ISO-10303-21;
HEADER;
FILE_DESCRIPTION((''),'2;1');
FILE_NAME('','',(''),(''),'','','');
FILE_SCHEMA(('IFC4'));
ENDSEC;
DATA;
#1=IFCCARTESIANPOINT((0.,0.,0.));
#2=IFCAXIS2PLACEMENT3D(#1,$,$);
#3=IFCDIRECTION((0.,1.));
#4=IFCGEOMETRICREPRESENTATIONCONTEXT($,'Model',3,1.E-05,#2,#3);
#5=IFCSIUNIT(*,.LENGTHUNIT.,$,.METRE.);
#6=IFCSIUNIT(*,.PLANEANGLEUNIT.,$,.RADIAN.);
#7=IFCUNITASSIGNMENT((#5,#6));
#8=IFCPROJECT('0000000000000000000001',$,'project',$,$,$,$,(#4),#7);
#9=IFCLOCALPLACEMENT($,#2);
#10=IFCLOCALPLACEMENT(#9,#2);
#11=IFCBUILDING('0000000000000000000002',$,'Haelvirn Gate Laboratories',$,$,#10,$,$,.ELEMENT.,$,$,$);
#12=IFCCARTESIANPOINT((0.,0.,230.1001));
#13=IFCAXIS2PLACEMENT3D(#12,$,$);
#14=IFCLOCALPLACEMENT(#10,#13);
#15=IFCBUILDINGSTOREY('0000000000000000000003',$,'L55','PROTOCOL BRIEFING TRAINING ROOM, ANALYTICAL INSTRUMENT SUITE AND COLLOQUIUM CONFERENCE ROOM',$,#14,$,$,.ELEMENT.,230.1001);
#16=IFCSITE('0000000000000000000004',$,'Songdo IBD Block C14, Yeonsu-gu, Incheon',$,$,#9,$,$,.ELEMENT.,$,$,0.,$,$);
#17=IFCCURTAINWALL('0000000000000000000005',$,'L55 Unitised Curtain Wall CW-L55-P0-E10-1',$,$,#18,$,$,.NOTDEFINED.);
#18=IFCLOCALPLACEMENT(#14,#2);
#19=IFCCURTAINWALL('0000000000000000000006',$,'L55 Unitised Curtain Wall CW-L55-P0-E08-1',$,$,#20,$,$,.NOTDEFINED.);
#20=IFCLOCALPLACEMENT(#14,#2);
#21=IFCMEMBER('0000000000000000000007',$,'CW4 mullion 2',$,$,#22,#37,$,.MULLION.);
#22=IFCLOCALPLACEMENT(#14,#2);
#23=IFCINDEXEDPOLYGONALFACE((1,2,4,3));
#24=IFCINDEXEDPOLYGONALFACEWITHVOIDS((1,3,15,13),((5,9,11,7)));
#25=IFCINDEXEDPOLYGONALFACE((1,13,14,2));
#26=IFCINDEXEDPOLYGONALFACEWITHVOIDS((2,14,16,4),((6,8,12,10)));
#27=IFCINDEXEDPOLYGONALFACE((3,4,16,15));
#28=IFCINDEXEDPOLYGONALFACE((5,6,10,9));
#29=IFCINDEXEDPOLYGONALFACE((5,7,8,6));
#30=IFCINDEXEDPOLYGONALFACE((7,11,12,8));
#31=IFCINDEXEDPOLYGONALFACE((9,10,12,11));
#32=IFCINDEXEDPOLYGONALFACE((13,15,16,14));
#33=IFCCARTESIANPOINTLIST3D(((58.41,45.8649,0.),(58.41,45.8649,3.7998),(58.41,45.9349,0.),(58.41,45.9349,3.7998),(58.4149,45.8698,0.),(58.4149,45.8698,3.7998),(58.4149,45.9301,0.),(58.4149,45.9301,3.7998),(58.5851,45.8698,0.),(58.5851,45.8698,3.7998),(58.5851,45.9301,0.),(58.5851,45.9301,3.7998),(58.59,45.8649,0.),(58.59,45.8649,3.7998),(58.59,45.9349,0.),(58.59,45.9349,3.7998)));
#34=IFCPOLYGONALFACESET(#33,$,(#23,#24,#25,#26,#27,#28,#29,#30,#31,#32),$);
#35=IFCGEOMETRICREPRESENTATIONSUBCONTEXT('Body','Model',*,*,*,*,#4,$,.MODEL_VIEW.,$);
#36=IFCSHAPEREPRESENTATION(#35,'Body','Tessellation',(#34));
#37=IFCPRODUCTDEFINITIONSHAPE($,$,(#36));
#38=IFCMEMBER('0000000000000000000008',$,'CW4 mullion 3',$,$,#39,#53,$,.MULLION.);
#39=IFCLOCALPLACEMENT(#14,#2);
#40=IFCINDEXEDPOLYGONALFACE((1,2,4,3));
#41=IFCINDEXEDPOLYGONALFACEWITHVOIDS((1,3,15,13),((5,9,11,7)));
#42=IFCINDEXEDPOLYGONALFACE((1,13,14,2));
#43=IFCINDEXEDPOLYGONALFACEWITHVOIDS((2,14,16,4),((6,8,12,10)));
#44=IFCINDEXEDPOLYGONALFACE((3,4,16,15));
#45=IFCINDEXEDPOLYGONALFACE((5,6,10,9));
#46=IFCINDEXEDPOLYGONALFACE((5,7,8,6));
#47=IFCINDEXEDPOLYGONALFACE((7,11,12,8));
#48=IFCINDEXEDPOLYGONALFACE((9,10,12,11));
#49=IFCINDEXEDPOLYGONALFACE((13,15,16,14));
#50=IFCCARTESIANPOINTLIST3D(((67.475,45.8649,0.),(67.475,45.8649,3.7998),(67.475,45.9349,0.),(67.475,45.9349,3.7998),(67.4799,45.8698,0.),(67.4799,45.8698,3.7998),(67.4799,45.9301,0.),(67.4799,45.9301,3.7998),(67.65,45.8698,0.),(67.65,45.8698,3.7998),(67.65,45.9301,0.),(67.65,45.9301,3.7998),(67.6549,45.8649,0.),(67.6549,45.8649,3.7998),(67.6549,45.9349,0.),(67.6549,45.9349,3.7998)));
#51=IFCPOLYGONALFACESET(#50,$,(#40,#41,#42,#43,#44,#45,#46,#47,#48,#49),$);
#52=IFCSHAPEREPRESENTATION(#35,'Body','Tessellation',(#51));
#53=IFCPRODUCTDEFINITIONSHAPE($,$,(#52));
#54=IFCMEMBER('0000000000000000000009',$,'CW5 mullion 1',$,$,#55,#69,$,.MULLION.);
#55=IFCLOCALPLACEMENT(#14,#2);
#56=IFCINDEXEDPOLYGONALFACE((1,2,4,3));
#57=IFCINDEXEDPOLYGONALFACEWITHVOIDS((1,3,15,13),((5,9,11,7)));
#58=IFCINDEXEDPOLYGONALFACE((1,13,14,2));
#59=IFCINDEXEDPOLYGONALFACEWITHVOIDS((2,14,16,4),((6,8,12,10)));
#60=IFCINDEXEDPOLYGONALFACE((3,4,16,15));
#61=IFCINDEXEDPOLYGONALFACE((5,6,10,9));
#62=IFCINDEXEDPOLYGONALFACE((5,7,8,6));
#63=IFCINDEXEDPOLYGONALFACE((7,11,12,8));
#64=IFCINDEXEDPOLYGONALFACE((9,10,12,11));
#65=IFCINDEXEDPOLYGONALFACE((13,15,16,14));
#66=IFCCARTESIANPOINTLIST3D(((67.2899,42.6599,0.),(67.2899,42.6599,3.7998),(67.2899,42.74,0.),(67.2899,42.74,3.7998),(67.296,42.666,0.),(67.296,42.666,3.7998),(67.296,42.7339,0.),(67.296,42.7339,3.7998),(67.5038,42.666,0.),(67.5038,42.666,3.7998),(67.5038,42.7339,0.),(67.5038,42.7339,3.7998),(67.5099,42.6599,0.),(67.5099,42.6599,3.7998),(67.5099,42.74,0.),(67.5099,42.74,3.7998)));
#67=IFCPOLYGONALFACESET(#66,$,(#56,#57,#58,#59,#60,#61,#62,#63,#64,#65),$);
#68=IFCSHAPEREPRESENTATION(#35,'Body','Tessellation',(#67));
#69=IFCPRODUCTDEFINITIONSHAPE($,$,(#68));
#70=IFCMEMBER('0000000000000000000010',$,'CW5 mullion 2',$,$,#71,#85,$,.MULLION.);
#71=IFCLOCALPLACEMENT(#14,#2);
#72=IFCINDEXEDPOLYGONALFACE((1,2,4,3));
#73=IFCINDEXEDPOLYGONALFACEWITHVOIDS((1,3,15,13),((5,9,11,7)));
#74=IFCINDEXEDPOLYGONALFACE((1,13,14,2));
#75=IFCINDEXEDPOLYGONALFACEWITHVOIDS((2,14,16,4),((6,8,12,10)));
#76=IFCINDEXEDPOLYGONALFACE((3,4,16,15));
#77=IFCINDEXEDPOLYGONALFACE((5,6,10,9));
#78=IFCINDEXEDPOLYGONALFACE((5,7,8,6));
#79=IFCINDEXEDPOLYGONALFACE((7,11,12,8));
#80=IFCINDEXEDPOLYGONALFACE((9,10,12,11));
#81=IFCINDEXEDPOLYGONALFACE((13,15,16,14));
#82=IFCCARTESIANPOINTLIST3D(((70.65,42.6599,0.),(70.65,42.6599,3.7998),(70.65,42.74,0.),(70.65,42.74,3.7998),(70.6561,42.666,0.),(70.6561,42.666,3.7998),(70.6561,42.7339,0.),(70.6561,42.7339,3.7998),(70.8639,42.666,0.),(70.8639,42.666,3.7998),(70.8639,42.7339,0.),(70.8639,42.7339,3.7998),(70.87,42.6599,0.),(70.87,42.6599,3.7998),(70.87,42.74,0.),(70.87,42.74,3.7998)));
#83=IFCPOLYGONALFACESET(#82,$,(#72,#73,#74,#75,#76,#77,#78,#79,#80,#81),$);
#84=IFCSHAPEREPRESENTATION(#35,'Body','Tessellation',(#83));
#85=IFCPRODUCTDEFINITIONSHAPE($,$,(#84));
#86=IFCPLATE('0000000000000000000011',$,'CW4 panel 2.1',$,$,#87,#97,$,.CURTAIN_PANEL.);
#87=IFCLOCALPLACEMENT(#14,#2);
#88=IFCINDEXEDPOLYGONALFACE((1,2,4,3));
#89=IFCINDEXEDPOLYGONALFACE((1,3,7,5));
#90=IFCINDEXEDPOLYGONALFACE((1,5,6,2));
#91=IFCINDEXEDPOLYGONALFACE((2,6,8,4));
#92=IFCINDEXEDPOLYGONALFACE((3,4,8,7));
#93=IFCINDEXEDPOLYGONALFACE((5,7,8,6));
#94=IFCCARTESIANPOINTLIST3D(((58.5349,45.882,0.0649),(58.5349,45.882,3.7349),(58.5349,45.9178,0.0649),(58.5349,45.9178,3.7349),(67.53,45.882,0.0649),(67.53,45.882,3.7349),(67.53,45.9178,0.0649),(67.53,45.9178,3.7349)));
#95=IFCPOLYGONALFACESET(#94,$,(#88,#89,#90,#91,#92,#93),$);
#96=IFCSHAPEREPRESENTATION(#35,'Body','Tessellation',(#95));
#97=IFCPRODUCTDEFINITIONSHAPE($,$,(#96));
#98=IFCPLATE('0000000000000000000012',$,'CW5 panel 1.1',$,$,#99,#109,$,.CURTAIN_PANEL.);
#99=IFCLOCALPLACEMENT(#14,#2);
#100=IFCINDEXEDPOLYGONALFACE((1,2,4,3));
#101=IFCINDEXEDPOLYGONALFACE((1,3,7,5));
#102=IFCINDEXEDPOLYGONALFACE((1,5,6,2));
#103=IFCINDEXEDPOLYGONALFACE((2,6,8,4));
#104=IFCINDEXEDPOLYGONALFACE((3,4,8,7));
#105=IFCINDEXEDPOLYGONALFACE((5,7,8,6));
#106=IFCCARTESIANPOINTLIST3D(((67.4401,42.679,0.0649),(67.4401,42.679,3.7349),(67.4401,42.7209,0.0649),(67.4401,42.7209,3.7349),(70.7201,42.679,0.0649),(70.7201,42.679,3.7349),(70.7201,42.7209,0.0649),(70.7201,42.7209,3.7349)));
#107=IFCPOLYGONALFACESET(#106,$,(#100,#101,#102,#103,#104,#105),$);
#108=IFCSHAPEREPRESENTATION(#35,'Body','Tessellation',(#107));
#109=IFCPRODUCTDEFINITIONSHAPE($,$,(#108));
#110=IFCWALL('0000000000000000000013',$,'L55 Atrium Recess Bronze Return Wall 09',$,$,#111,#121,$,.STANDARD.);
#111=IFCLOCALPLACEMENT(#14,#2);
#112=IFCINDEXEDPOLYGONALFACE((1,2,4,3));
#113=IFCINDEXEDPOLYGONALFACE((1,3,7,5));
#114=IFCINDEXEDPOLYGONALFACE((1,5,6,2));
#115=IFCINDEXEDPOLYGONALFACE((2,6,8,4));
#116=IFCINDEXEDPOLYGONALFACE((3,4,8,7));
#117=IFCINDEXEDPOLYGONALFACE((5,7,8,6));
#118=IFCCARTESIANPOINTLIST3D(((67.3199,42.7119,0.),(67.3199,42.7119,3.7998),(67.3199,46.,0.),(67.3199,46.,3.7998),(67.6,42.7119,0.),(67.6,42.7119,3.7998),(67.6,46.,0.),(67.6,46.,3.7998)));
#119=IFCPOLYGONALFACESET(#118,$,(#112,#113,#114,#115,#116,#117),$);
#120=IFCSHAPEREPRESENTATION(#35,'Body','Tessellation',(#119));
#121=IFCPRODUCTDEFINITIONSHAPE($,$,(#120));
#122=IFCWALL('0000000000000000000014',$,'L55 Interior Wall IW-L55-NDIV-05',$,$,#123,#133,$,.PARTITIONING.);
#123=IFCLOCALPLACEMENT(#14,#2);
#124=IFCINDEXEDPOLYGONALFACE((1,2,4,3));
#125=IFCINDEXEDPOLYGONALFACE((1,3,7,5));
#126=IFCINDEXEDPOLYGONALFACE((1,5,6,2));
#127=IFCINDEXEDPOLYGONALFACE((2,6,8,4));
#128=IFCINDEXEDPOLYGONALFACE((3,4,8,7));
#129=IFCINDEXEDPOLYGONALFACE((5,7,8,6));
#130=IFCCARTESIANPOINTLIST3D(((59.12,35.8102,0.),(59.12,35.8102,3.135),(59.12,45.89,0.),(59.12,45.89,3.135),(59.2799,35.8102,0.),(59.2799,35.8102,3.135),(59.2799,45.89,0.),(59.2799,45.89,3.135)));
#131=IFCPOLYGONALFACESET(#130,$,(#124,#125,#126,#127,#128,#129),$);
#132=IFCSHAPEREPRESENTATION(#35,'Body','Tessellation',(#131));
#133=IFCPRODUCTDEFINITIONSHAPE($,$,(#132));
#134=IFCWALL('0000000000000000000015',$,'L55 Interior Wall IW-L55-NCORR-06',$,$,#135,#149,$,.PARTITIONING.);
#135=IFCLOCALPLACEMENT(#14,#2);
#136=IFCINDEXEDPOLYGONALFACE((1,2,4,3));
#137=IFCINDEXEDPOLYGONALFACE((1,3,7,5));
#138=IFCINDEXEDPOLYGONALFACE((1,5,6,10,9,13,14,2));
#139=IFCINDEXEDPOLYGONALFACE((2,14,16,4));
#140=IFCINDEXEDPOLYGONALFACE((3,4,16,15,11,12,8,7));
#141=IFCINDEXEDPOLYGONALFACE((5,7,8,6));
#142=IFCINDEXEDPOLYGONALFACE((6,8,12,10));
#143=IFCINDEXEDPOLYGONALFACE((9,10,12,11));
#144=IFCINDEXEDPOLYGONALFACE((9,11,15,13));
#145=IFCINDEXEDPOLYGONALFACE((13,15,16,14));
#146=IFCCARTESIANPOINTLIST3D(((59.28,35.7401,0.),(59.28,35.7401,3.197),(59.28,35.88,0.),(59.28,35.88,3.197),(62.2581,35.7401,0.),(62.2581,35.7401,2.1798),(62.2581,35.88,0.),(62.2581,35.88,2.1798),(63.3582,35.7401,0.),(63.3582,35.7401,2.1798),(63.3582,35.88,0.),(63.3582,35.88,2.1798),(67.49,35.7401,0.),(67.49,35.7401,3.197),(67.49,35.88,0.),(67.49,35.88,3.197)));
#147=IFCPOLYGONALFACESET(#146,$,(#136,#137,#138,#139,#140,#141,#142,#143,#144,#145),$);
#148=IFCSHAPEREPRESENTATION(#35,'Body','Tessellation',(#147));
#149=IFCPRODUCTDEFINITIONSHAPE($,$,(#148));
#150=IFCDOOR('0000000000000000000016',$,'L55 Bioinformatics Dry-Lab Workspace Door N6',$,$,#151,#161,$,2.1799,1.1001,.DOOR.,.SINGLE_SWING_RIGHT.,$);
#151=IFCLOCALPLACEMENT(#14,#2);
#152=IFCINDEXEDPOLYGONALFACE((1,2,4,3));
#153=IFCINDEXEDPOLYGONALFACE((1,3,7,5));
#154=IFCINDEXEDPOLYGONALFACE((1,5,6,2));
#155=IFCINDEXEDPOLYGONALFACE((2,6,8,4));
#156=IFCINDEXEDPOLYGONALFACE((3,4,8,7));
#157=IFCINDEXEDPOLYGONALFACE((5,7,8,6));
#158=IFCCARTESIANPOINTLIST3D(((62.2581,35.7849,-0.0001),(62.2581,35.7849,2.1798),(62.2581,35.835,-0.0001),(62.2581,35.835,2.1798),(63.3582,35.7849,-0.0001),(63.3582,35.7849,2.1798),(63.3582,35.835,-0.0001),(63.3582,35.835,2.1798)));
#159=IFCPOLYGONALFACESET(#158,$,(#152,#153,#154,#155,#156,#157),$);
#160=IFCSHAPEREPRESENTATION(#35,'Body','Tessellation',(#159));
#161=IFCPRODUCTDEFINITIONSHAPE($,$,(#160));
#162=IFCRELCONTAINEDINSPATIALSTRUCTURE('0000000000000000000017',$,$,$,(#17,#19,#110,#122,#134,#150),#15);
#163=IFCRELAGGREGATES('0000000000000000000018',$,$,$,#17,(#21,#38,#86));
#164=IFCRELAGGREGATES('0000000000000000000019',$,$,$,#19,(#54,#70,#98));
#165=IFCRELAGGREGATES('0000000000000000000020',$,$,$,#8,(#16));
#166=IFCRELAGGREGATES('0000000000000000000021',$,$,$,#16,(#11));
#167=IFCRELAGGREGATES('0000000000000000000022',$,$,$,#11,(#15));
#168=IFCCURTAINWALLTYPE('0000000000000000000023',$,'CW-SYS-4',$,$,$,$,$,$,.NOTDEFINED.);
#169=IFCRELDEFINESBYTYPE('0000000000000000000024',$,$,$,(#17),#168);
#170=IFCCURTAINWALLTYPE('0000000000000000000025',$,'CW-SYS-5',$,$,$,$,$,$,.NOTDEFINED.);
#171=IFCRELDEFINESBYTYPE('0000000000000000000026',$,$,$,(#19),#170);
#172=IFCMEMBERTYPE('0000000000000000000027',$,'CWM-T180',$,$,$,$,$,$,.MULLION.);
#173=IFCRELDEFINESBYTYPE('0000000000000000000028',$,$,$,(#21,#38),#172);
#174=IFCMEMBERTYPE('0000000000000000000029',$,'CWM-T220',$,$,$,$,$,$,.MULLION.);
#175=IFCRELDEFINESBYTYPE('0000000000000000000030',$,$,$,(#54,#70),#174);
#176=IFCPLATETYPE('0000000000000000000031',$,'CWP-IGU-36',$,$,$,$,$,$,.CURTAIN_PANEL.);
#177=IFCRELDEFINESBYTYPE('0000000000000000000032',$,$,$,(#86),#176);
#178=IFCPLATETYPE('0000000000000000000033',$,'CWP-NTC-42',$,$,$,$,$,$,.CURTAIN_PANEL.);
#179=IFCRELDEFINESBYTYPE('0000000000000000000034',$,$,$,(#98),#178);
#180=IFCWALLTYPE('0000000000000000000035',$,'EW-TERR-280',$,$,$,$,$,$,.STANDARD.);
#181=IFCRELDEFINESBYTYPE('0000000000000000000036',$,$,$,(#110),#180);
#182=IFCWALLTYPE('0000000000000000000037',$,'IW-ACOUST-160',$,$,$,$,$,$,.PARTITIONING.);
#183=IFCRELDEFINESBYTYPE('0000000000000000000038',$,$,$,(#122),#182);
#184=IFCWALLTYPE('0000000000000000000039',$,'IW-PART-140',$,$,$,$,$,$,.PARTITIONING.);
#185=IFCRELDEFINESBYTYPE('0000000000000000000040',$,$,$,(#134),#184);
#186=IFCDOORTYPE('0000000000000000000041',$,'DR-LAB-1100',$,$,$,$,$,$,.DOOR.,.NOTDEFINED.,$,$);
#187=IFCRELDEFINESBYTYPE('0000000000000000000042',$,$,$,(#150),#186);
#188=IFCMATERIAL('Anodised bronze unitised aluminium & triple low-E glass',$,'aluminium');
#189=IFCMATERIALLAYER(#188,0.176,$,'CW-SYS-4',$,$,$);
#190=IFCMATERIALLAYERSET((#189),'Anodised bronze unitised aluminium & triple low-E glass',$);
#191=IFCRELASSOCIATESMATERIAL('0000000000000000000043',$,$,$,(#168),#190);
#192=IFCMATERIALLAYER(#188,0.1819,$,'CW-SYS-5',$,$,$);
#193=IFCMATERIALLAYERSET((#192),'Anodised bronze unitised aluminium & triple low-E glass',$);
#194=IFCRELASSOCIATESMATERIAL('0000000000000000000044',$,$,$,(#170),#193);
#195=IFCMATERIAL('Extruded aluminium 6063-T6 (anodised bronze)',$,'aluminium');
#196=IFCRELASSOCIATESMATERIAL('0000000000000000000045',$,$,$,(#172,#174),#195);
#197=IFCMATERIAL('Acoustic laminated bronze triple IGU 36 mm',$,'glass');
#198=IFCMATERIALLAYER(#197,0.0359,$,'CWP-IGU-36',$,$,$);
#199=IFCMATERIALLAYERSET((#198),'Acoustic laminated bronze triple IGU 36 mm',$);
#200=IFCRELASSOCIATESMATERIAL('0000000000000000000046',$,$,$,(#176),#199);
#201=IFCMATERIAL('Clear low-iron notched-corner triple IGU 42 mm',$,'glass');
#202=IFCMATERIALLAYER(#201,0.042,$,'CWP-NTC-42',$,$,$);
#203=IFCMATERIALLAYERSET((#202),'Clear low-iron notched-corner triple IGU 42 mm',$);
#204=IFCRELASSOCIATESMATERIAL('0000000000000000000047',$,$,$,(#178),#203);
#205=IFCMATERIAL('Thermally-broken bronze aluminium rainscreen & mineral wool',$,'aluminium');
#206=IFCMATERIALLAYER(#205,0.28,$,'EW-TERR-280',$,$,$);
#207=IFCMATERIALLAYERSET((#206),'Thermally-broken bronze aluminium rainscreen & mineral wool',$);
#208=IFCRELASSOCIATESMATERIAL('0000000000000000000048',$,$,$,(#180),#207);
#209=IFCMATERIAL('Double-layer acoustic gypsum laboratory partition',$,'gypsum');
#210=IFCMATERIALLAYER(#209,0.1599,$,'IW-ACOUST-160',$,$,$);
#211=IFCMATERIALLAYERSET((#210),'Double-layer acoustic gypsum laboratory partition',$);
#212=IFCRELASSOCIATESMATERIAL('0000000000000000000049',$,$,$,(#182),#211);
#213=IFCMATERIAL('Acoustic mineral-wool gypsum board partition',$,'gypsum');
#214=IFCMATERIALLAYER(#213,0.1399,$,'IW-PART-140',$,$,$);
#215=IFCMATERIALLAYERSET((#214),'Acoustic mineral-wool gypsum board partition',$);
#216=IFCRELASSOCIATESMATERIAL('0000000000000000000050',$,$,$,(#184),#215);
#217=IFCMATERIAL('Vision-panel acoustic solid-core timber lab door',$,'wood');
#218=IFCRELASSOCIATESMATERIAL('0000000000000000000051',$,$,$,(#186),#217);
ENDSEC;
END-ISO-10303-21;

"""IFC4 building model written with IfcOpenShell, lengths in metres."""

from ifc_helpers import new_model, si_unit, direction, frame, frame_2d, origin, origin_2d, place, context, subcontext, project, spatial, rectangle, hollow_rectangle, extrude, source, transform, mapped, material, layer, layer_set, material_profile, profile_set, type_object, type_shapes, element, fill, aggregate, save


model = new_model("IFC4")

# Units and contexts
model_context = context("Model", 3, precision=1e-05, world=origin(), true_north=direction((0.0, 1.0)))
body_context = subcontext(model_context, "Body", "Model", "MODEL_VIEW")
ifc_project = project(units=[si_unit("LENGTHUNIT", "METRE"), si_unit("PLANEANGLEUNIT", "RADIAN")], contexts=[model_context])

# Site, building, storey
site_placement = place(None, origin())
site = spatial("IfcSite", under=ifc_project, at=site_placement, Name="Songdo IBD Block C14, Yeonsu-gu, Incheon", CompositionType="ELEMENT", RefElevation=0.0)
building_placement = place(site_placement, origin())
building = spatial("IfcBuilding", under=site, at=building_placement, Name="Haelvirn Gate Laboratories", CompositionType="ELEMENT")
storey_placement = place(building_placement, frame((0.0, 0.0, 230.1001)))
storey = spatial("IfcBuildingStorey", under=building, at=storey_placement, Name="L55", Description="PROTOCOL BRIEFING TRAINING ROOM, ANALYTICAL INSTRUMENT SUITE AND COLLOQUIUM CONFERENCE ROOM", CompositionType="ELEMENT", Elevation=230.1001)

# Curtain walls
ifc_material_1 = material(Name="Anodised bronze unitised aluminium & triple low-E glass", Category="aluminium")
ifc_layer_1 = layer(ifc_material_1, 0.176, Name="CW-SYS-4")
ifc_layer_set_1 = layer_set([ifc_layer_1], Name="Anodised bronze unitised aluminium & triple low-E glass")
curtain_wall_type_1 = type_object("IfcCurtainWallType", Name="CW-SYS-4", PredefinedType="NOTDEFINED", material=ifc_layer_set_1)
curtain_wall_1_placement = place(storey_placement, origin())
curtain_wall_1 = element("IfcCurtainWall", 1, at=curtain_wall_1_placement, inside=storey, type_object=curtain_wall_type_1, Name="L55 Unitised Curtain Wall CW-L55-P0-E10-1", PredefinedType="NOTDEFINED")
ifc_material_2 = material(Name="Extruded aluminium 6063-T6 (anodised bronze)", Category="aluminium")
ifc_layer_2 = layer(ifc_material_1, 0.1819, Name="CW-SYS-5")
ifc_layer_set_2 = layer_set([ifc_layer_2], Name="Anodised bronze unitised aluminium & triple low-E glass")
curtain_wall_type_2 = type_object("IfcCurtainWallType", Name="CW-SYS-5", PredefinedType="NOTDEFINED", material=ifc_layer_set_2)
curtain_wall_2_placement = place(storey_placement, origin())
curtain_wall_2 = element("IfcCurtainWall", 2, at=curtain_wall_2_placement, inside=storey, type_object=curtain_wall_type_2, Name="L55 Unitised Curtain Wall CW-L55-P0-E08-1", PredefinedType="NOTDEFINED")

# Shared definitions
ifc_material_profile_1 = material_profile(ifc_material_2, hollow_rectangle(XDim=0.0701, YDim=0.1799, WallThickness=0.0049, at=origin_2d()), Name="CWM-180x70x5")
ifc_profile_set_1 = profile_set([ifc_material_profile_1], Name="Extruded aluminium 6063-T6 (anodised bronze)")
member_type_1 = type_object("IfcMemberType", Name="CWM-T180", PredefinedType="MULLION", material=ifc_profile_set_1)
shared_shape_1 = source(origin(), body_context, "Body", "SweptSolid", [
    extrude(hollow_rectangle(XDim=0.0701, YDim=0.1799, WallThickness=0.0049, at=origin_2d()), origin(), (0.0, 0.0, 1.0), 3.7998),
])
type_shapes(member_type_1, [shared_shape_1])

# Members
member_1_placement = place(storey_placement, frame((58.5, 45.8999, 0.0), z_axis=(0.0, 0.0, 1.0), x_axis=(0.0, 1.0, 0.0)))
member_1 = element("IfcMember", 3, at=member_1_placement, type_object=member_type_1, Name="CW4 mullion 2", PredefinedType="MULLION", context=body_context, shape_type="MappedRepresentation", body=[
    mapped(shared_shape_1, transform((0.0, 0.0, 0.0), scale=1.0)),
])
member_2_placement = place(storey_placement, frame((67.5649, 45.8999, 0.0), z_axis=(0.0, 0.0, 1.0), x_axis=(0.0, 1.0, 0.0)))
member_2 = element("IfcMember", 4, at=member_2_placement, type_object=member_type_1, Name="CW4 mullion 3", PredefinedType="MULLION", context=body_context, shape_type="MappedRepresentation", body=[
    mapped(shared_shape_1, transform((0.0, 0.0, 0.0), scale=1.0)),
])
ifc_material_profile_2 = material_profile(ifc_material_2, hollow_rectangle(XDim=0.0801, YDim=0.22, WallThickness=0.0061, at=origin_2d()), Name="CWM-220x80x6")
ifc_profile_set_2 = profile_set([ifc_material_profile_2], Name="Extruded aluminium 6063-T6 (anodised bronze)")
member_type_2 = type_object("IfcMemberType", Name="CWM-T220", PredefinedType="MULLION", material=ifc_profile_set_2)
shared_shape_2 = source(origin(), body_context, "Body", "SweptSolid", [
    extrude(hollow_rectangle(XDim=0.0801, YDim=0.22, WallThickness=0.0061, at=origin_2d()), origin(), (0.0, 0.0, 1.0), 3.7998),
])
type_shapes(member_type_2, [shared_shape_2])
member_3_placement = place(storey_placement, frame((67.3999, 42.7, 0.0), z_axis=(0.0, 0.0, 1.0), x_axis=(0.0, 1.0, 0.0)))
member_3 = element("IfcMember", 5, at=member_3_placement, type_object=member_type_2, Name="CW5 mullion 1", PredefinedType="MULLION", context=body_context, shape_type="MappedRepresentation", body=[
    mapped(shared_shape_2, transform((0.0, 0.0, 0.0), scale=1.0)),
])
member_4_placement = place(storey_placement, frame((70.76, 42.7, 0.0), z_axis=(0.0, 0.0, 1.0), x_axis=(0.0, 1.0, 0.0)))
member_4 = element("IfcMember", 6, at=member_4_placement, type_object=member_type_2, Name="CW5 mullion 2", PredefinedType="MULLION", context=body_context, shape_type="MappedRepresentation", body=[
    mapped(shared_shape_2, transform((0.0, 0.0, 0.0), scale=1.0)),
])

# Plates
ifc_material_3 = material(Name="Acoustic laminated bronze triple IGU 36 mm", Category="glass")
ifc_layer_3 = layer(ifc_material_3, 0.0359, Name="CWP-IGU-36")
ifc_layer_set_3 = layer_set([ifc_layer_3], Name="Acoustic laminated bronze triple IGU 36 mm")
plate_type_1 = type_object("IfcPlateType", Name="CWP-IGU-36", PredefinedType="CURTAIN_PANEL", material=ifc_layer_set_3)
shared_shape_3 = source(origin(), body_context, "Body", "SweptSolid", [
    extrude(rectangle(XDim=8.9951, YDim=0.0359, at=origin_2d()), origin(), (0.0, 0.0, 1.0), 3.6699),
])
type_shapes(plate_type_1, [shared_shape_3])
plate_1_placement = place(storey_placement, frame((63.0325, 45.8999, 0.0649), z_axis=(0.0, 0.0, 1.0), x_axis=(1.0, 0.0, 0.0)))
plate_1 = element("IfcPlate", 7, at=plate_1_placement, type_object=plate_type_1, Name="CW4 panel 2.1", PredefinedType="CURTAIN_PANEL", context=body_context, shape_type="MappedRepresentation", body=[
    mapped(shared_shape_3, transform((0.0, 0.0, 0.0), scale=1.0)),
])
aggregate(curtain_wall_1, [member_1, member_2, plate_1])
ifc_material_4 = material(Name="Clear low-iron notched-corner triple IGU 42 mm", Category="glass")
ifc_layer_4 = layer(ifc_material_4, 0.042, Name="CWP-NTC-42")
ifc_layer_set_4 = layer_set([ifc_layer_4], Name="Clear low-iron notched-corner triple IGU 42 mm")
plate_type_2 = type_object("IfcPlateType", Name="CWP-NTC-42", PredefinedType="CURTAIN_PANEL", material=ifc_layer_set_4)
shared_shape_4 = source(origin(), body_context, "Body", "SweptSolid", [
    extrude(rectangle(XDim=3.28, YDim=0.042, at=origin_2d()), origin(), (0.0, 0.0, 1.0), 3.6699),
])
type_shapes(plate_type_2, [shared_shape_4])
plate_2_placement = place(storey_placement, frame((69.0801, 42.7, 0.0649), z_axis=(0.0, 0.0, 1.0), x_axis=(1.0, 0.0, 0.0)))
plate_2 = element("IfcPlate", 8, at=plate_2_placement, type_object=plate_type_2, Name="CW5 panel 1.1", PredefinedType="CURTAIN_PANEL", context=body_context, shape_type="MappedRepresentation", body=[
    mapped(shared_shape_4, transform((0.0, 0.0, 0.0), scale=1.0)),
])
aggregate(curtain_wall_2, [member_3, member_4, plate_2])

# Walls
ifc_material_5 = material(Name="Thermally-broken bronze aluminium rainscreen & mineral wool", Category="aluminium")
ifc_layer_5 = layer(ifc_material_5, 0.28, Name="EW-TERR-280")
ifc_layer_set_5 = layer_set([ifc_layer_5], Name="Thermally-broken bronze aluminium rainscreen & mineral wool")
wall_type_1 = type_object("IfcWallType", Name="EW-TERR-280", PredefinedType="STANDARD", material=ifc_layer_set_5)
wall_1_placement = place(storey_placement, frame((67.46, 42.7119, 0.0), z_axis=(0.0, 0.0, 1.0), x_axis=(0.0, 1.0, 0.0)))
element("IfcWall", 9, at=wall_1_placement, inside=storey, type_object=wall_type_1, Name="L55 Atrium Recess Bronze Return Wall 09", PredefinedType="STANDARD", context=body_context, shape_type="SweptSolid", body=[
    extrude(rectangle(XDim=3.2881, YDim=0.28, at=frame_2d((1.644, 0.0))), origin(), (0.0, 0.0, 1.0), 3.7998),
])
ifc_material_6 = material(Name="Double-layer acoustic gypsum laboratory partition", Category="gypsum")
ifc_layer_6 = layer(ifc_material_6, 0.1599, Name="IW-ACOUST-160")
ifc_layer_set_6 = layer_set([ifc_layer_6], Name="Double-layer acoustic gypsum laboratory partition")
wall_type_2 = type_object("IfcWallType", Name="IW-ACOUST-160", PredefinedType="PARTITIONING", material=ifc_layer_set_6)
wall_2_placement = place(storey_placement, frame((59.2, 35.8101, 0.0), z_axis=(0.0, 0.0, 1.0), x_axis=(0.0, 1.0, 0.0)))
element("IfcWall", 10, at=wall_2_placement, inside=storey, type_object=wall_type_2, Name="L55 Interior Wall IW-L55-NDIV-05", PredefinedType="PARTITIONING", context=body_context, shape_type="SweptSolid", body=[
    extrude(rectangle(XDim=10.0798, YDim=0.1599, at=frame_2d((5.04, 0.0))), origin(), (0.0, 0.0, 1.0), 3.135),
])

# Wall, opening, door
ifc_material_7 = material(Name="Acoustic mineral-wool gypsum board partition", Category="gypsum")
ifc_layer_7 = layer(ifc_material_7, 0.1399, Name="IW-PART-140")
ifc_layer_set_7 = layer_set([ifc_layer_7], Name="Acoustic mineral-wool gypsum board partition")
wall_type_3 = type_object("IfcWallType", Name="IW-PART-140", PredefinedType="PARTITIONING", material=ifc_layer_set_7)
wall_3_placement = place(storey_placement, frame((59.28, 35.8101, 0.0), z_axis=(0.0, 0.0, 1.0), x_axis=(1.0, 0.0, 0.0)))
wall_3 = element("IfcWall", 11, at=wall_3_placement, inside=storey, type_object=wall_type_3, Name="L55 Interior Wall IW-L55-NCORR-06", PredefinedType="PARTITIONING", context=body_context, shape_type="SweptSolid", body=[
    extrude(rectangle(XDim=8.21, YDim=0.1399, at=frame_2d((4.105, 0.0))), origin(), (0.0, 0.0, 1.0), 3.197),
])
opening_1_placement = place(wall_3_placement, frame((2.978, 0.0, 0.0)))
opening_1 = element("IfcOpeningElement", 12, at=opening_1_placement, cuts=wall_3, PredefinedType="OPENING", context=body_context, shape_type="SweptSolid", body=[
    extrude(rectangle(XDim=1.1001, YDim=2.1799, at=frame_2d((0.55, 1.0898))), frame((0.0, 0.0801, 0.0), z_axis=(0.0, -1.0, 0.0), x_axis=(1.0, 0.0, 0.0)), (0.0, 0.0, 1.0), 0.1599),
])
ifc_material_8 = material(Name="Vision-panel acoustic solid-core timber lab door", Category="wood")
door_type_1 = type_object("IfcDoorType", Name="DR-LAB-1100", OperationType="NOTDEFINED", PredefinedType="DOOR", material=ifc_material_8)
shared_shape_5 = source(origin(), body_context, "Body", "SweptSolid", [
    extrude(rectangle(XDim=1.1001, YDim=2.1799, at=frame_2d((0.55, 1.0898))), frame((0.0, 0.0249, 0.0), z_axis=(0.0, -1.0, 0.0), x_axis=(1.0, 0.0, 0.0)), (0.0, 0.0, 1.0), 0.05),
])
type_shapes(door_type_1, [shared_shape_5])
door_1_placement = place(opening_1_placement, origin())
door_1 = element("IfcDoor", 13, at=door_1_placement, inside=storey, type_object=door_type_1, Name="L55 Bioinformatics Dry-Lab Workspace Door N6", OperationType="SINGLE_SWING_RIGHT", OverallHeight=2.1799, OverallWidth=1.1001, PredefinedType="DOOR", context=body_context, shape_type="MappedRepresentation", body=[
    mapped(shared_shape_5, transform((0.0, 0.0, 0.0), scale=1.0)),
])
fill(opening_1, door_1)

save(model, "model.ifc")
